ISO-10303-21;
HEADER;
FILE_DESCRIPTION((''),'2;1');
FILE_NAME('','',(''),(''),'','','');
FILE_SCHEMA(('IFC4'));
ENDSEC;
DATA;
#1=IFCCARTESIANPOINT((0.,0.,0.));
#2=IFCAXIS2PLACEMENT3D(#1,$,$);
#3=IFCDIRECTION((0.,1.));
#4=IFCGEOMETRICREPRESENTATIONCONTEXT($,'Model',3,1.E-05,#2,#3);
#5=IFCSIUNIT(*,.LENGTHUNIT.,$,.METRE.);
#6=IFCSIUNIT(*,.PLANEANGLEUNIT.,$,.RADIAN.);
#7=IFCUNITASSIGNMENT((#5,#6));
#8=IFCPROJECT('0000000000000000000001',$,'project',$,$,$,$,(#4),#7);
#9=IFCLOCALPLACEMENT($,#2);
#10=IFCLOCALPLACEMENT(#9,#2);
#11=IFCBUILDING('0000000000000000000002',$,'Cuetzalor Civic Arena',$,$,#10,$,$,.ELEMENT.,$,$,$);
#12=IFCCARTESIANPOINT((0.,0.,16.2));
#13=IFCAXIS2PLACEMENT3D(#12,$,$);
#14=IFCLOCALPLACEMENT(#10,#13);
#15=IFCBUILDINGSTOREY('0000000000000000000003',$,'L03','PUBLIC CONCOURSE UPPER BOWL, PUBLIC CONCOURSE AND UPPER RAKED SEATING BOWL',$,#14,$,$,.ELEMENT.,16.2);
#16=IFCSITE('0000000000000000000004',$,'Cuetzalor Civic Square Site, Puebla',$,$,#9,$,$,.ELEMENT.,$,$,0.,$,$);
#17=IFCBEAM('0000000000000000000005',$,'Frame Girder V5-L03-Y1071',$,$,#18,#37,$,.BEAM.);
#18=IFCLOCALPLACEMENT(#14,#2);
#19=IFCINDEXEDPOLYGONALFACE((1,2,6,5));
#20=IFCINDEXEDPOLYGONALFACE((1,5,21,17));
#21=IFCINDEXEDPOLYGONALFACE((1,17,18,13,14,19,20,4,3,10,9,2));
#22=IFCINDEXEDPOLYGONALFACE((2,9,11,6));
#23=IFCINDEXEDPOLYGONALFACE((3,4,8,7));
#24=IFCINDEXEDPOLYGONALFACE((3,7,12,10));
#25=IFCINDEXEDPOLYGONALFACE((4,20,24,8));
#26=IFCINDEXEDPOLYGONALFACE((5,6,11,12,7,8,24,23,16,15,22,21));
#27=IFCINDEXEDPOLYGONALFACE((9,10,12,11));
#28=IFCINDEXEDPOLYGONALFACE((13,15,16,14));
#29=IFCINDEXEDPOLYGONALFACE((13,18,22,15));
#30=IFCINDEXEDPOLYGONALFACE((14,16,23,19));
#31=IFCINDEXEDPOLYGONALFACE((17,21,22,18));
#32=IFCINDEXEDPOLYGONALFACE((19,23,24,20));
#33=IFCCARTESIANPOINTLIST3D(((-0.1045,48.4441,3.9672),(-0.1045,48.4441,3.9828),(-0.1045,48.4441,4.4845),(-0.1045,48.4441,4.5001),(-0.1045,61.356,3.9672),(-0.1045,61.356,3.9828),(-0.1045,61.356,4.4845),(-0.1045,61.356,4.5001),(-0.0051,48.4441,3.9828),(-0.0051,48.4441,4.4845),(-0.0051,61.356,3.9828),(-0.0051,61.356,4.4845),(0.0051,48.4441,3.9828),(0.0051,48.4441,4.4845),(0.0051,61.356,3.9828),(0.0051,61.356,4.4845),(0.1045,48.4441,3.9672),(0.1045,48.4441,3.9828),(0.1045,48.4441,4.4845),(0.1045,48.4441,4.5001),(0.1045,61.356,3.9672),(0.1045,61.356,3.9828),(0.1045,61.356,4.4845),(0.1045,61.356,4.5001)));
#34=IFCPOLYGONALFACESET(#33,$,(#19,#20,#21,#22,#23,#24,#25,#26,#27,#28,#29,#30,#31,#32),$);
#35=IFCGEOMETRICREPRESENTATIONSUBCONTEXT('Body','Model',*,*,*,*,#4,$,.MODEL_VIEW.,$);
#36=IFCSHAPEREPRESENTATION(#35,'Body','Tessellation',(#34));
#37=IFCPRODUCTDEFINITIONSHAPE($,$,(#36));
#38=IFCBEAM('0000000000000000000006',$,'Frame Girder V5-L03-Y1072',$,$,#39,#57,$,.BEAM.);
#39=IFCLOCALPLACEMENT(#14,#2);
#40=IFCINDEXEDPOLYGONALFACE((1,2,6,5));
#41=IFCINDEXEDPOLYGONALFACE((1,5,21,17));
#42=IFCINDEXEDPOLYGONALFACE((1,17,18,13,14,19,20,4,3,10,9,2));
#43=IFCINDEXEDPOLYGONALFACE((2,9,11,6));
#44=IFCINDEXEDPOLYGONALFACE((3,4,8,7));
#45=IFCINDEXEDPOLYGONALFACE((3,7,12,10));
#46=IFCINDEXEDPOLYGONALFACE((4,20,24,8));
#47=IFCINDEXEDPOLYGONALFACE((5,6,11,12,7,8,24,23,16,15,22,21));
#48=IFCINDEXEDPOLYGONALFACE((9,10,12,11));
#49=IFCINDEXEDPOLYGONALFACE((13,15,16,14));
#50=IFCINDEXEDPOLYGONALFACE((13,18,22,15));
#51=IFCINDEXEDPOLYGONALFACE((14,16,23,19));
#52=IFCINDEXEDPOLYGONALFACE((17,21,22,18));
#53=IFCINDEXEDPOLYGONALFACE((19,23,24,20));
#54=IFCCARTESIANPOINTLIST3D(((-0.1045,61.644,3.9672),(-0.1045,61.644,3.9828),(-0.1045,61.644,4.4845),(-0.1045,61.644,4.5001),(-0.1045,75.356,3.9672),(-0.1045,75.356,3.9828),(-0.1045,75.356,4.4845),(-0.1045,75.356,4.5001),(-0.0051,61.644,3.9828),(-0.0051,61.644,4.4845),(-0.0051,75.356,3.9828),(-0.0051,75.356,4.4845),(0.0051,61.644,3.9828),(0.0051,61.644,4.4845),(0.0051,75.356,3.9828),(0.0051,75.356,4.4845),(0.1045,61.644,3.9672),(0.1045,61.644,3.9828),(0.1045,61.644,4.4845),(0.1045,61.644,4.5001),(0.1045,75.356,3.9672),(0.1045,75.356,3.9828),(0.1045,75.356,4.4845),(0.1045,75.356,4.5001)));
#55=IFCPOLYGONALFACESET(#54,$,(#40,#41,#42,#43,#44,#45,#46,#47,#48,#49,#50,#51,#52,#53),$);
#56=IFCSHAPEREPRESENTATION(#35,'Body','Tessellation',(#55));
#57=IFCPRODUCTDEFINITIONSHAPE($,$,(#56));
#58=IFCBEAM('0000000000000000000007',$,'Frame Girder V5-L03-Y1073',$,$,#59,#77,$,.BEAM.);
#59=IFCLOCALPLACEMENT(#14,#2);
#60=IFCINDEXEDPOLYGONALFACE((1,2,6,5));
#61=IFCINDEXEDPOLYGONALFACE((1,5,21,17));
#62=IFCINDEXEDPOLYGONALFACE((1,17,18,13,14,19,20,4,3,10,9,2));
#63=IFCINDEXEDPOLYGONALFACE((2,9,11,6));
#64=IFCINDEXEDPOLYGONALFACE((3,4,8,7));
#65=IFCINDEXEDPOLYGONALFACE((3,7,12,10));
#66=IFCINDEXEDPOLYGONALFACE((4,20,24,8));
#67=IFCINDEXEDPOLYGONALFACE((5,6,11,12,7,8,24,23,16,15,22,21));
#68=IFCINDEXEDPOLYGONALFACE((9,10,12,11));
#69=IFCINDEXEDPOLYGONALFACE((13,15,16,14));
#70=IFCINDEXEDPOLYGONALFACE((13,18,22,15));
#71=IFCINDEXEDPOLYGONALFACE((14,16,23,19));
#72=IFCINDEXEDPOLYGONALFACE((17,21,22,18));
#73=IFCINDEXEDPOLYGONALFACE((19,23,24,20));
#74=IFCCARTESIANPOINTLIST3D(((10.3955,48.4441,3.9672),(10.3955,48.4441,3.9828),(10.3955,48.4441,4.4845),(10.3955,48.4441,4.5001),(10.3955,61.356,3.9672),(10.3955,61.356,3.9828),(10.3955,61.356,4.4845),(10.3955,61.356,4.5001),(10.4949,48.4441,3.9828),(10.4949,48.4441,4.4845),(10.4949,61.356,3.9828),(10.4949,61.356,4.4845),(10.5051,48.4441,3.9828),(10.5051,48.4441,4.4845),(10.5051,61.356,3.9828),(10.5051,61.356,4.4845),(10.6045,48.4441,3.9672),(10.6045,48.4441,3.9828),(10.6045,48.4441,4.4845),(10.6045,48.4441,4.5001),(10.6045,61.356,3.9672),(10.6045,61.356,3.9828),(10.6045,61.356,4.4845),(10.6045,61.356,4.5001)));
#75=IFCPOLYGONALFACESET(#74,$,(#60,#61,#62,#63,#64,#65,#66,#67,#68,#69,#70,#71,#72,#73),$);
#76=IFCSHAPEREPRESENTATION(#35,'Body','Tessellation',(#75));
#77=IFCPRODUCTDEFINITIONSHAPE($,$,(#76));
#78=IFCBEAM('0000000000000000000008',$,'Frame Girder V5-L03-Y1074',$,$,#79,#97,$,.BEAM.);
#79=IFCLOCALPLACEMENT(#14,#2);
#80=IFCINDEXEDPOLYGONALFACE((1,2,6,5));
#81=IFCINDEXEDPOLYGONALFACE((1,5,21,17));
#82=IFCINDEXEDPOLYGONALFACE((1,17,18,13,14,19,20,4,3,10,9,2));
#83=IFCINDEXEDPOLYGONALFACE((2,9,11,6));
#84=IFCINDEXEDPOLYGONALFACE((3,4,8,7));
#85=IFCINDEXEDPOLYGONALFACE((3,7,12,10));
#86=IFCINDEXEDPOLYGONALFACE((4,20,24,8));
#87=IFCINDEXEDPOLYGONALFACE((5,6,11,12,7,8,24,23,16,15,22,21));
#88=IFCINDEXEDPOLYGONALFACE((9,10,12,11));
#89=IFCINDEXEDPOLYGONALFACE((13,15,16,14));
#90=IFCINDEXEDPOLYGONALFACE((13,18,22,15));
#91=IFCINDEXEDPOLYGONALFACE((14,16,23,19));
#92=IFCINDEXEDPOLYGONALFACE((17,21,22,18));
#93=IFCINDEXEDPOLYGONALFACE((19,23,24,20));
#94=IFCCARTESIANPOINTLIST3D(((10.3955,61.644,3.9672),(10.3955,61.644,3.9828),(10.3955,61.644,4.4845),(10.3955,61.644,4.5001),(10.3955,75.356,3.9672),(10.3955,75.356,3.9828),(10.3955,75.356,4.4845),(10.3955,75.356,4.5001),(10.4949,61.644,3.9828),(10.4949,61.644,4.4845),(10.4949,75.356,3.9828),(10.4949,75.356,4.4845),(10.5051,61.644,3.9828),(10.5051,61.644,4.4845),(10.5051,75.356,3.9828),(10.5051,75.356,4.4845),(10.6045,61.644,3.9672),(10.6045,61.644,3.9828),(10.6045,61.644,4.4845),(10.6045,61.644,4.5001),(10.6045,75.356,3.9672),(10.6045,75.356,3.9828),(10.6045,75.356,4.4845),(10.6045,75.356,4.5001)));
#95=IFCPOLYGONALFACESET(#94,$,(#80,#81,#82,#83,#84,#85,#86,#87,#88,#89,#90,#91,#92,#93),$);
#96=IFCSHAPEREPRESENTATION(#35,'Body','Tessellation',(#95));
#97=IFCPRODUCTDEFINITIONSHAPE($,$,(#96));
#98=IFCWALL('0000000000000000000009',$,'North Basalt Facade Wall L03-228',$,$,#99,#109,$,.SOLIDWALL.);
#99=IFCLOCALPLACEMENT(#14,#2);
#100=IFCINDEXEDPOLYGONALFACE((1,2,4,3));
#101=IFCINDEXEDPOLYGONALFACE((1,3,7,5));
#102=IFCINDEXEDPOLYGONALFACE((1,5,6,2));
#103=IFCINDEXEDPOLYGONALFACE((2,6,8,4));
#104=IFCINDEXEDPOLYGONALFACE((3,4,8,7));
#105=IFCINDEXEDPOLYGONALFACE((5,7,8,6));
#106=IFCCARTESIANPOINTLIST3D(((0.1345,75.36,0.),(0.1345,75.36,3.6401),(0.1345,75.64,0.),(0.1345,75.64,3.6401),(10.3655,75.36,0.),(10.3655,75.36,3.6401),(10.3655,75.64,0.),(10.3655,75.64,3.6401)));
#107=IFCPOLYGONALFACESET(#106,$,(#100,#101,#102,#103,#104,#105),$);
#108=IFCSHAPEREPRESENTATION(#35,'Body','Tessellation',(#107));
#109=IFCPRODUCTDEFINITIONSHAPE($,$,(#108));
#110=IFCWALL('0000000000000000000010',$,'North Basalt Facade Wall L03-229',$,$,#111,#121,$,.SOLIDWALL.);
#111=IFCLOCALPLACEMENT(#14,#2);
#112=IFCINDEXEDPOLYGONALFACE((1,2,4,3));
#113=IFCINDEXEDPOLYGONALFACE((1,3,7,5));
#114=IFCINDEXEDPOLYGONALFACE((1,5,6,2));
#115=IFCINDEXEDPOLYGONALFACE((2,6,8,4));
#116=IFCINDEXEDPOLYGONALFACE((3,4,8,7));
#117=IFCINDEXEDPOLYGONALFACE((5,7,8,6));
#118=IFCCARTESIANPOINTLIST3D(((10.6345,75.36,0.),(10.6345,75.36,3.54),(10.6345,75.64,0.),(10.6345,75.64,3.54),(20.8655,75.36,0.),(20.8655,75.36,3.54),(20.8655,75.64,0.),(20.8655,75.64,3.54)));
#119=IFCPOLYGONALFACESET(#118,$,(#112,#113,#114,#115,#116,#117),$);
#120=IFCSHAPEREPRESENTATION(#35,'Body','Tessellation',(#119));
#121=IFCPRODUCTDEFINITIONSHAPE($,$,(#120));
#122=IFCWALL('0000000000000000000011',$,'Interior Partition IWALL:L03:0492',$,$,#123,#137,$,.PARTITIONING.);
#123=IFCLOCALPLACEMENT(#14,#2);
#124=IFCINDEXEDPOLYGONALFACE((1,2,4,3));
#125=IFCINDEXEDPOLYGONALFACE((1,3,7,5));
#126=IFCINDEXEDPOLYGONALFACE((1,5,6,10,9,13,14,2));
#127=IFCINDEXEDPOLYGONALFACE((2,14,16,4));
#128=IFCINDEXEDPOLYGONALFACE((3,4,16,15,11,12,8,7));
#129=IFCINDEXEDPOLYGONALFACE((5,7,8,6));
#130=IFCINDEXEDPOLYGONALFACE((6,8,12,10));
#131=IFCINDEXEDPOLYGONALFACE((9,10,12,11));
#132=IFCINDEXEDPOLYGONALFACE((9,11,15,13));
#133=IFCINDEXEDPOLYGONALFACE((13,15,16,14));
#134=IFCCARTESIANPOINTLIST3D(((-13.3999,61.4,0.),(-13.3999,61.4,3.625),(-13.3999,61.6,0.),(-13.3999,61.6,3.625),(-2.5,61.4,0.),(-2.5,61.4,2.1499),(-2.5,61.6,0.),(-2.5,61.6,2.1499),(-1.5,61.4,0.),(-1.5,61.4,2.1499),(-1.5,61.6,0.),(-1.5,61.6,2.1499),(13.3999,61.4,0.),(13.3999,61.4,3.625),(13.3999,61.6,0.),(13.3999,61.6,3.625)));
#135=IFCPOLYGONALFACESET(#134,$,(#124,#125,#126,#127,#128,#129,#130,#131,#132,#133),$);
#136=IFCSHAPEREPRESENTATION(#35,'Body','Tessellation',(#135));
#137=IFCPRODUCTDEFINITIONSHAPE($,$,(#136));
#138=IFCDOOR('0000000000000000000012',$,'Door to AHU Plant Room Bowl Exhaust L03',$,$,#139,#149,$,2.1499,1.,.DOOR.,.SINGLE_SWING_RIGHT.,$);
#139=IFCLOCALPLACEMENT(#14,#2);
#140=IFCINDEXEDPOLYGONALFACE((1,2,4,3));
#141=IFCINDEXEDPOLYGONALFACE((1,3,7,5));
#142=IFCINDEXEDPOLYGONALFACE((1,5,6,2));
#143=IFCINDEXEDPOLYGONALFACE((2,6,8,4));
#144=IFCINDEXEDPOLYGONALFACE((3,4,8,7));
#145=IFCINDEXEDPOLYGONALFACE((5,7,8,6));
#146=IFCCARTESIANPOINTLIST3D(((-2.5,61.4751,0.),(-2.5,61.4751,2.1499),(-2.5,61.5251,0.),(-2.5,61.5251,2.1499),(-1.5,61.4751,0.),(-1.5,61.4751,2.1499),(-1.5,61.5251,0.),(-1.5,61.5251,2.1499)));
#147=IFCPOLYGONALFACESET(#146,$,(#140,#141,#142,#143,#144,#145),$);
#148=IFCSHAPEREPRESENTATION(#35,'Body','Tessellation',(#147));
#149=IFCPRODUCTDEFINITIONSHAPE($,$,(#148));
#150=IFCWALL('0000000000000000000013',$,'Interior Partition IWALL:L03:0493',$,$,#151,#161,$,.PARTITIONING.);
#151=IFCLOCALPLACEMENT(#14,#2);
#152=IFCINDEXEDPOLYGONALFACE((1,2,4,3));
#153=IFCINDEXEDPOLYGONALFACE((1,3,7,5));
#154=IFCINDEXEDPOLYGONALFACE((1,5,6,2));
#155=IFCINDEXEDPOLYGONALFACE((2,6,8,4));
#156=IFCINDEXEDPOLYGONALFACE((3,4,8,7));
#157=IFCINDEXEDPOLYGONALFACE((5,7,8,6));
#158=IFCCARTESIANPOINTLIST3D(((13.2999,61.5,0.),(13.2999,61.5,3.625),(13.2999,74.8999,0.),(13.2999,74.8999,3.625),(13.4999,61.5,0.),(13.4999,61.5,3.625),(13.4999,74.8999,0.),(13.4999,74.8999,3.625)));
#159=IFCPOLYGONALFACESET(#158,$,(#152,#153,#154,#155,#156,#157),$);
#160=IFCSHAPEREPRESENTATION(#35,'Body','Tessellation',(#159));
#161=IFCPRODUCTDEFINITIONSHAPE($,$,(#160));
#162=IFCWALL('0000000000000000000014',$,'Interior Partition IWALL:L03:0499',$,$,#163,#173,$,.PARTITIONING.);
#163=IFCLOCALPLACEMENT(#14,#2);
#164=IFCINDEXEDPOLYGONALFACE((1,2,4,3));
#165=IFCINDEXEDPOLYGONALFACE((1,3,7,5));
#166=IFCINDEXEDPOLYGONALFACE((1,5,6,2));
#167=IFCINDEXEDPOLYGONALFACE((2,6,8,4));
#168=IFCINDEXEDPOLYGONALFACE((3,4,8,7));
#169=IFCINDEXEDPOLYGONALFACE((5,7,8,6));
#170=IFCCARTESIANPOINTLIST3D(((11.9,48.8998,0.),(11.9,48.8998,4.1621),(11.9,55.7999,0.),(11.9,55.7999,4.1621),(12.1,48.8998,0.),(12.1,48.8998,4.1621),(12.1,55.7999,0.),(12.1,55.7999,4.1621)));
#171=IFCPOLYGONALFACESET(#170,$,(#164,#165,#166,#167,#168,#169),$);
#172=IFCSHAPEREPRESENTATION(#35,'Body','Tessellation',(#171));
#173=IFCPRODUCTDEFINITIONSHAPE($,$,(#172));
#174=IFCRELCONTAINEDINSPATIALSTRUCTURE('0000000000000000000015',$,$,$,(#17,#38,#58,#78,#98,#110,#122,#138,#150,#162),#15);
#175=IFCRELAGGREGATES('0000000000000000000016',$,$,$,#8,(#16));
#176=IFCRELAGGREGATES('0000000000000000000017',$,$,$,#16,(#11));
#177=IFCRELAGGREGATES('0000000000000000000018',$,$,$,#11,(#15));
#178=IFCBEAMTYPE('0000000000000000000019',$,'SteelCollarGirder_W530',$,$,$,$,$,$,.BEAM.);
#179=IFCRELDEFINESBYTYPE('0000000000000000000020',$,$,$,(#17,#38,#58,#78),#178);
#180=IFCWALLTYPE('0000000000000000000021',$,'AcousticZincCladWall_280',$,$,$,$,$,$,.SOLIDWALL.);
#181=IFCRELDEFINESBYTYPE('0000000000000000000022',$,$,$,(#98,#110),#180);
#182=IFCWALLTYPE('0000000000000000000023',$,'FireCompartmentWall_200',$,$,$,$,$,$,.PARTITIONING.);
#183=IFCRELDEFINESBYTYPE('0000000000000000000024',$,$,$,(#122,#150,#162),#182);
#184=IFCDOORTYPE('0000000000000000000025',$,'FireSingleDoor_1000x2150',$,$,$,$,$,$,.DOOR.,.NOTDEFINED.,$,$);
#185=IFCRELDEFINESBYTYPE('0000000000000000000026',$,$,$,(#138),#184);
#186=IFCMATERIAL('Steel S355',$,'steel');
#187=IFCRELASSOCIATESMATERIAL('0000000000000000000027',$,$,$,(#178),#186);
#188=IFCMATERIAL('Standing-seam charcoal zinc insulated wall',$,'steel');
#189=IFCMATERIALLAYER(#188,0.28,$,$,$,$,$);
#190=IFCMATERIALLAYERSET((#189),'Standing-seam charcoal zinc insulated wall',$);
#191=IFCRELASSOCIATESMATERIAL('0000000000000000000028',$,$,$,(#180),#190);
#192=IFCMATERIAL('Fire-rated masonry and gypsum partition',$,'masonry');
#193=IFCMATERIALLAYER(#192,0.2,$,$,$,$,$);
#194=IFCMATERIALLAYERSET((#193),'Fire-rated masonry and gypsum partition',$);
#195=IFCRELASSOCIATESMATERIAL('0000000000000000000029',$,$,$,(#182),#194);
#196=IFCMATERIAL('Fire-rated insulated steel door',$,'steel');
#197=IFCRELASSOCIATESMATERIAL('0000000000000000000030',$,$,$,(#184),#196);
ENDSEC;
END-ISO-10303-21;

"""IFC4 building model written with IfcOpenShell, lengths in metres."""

from ifc_helpers import new_model, si_unit, direction, frame, frame_2d, origin, origin_2d, place, context, subcontext, project, spatial, rectangle, i_section, extrude, material, layer, layer_set, material_profile, profile_set, type_object, element, fill, save


model = new_model("IFC4")

# Units and contexts
model_context = context("Model", 3, precision=1e-05, world=origin(), true_north=direction((0.0, 1.0)))
body_context = subcontext(model_context, "Body", "Model", "MODEL_VIEW")
ifc_project = project(units=[si_unit("LENGTHUNIT", "METRE"), si_unit("PLANEANGLEUNIT", "RADIAN")], contexts=[model_context])

# Site, building, storey
site_placement = place(None, origin())
site = spatial("IfcSite", under=ifc_project, at=site_placement, Name="Cuetzalor Civic Square Site, Puebla", CompositionType="ELEMENT", RefElevation=0.0)
building_placement = place(site_placement, origin())
building = spatial("IfcBuilding", under=site, at=building_placement, Name="Cuetzalor Civic Arena", CompositionType="ELEMENT")
storey_placement = place(building_placement, frame((0.0, 0.0, 16.2)))
storey = spatial("IfcBuildingStorey", under=building, at=storey_placement, Name="L03", Description="PUBLIC CONCOURSE UPPER BOWL, PUBLIC CONCOURSE AND UPPER RAKED SEATING BOWL", CompositionType="ELEMENT", Elevation=16.2)

# Beams
ifc_material_1 = material(Name="Steel S355", Category="steel")
ifc_material_profile_1 = material_profile(ifc_material_1, i_section(OverallWidth=0.209, OverallDepth=0.533, WebThickness=0.0103, FlangeThickness=0.0156, at=origin_2d()), Name="W530x92")
ifc_profile_set_1 = profile_set([ifc_material_profile_1], Name="Steel S355")
beam_type_1 = type_object("IfcBeamType", Name="SteelCollarGirder_W530", PredefinedType="BEAM", material=ifc_profile_set_1)
beam_1_placement = place(storey_placement, frame((0.0, 48.4441, 4.2336), z_axis=(0.0, 1.0, 0.0), x_axis=(-1.0, 0.0, 0.0)))
element("IfcBeam", 1, at=beam_1_placement, inside=storey, type_object=beam_type_1, Name="Frame Girder V5-L03-Y1071", PredefinedType="BEAM", context=body_context, shape_type="SweptSolid", body=[
    extrude(i_section(OverallWidth=0.209, OverallDepth=0.533, WebThickness=0.0103, FlangeThickness=0.0156, at=origin_2d()), origin(), (0.0, 0.0, 1.0), 12.9119),
])
beam_2_placement = place(storey_placement, frame((0.0, 61.644, 4.2336), z_axis=(0.0, 1.0, 0.0), x_axis=(-1.0, 0.0, 0.0)))
element("IfcBeam", 2, at=beam_2_placement, inside=storey, type_object=beam_type_1, Name="Frame Girder V5-L03-Y1072", PredefinedType="BEAM", context=body_context, shape_type="SweptSolid", body=[
    extrude(i_section(OverallWidth=0.209, OverallDepth=0.533, WebThickness=0.0103, FlangeThickness=0.0156, at=origin_2d()), origin(), (0.0, 0.0, 1.0), 13.7119),
])
beam_3_placement = place(storey_placement, frame((10.5, 48.4441, 4.2336), z_axis=(0.0, 1.0, 0.0), x_axis=(-1.0, 0.0, 0.0)))
element("IfcBeam", 3, at=beam_3_placement, inside=storey, type_object=beam_type_1, Name="Frame Girder V5-L03-Y1073", PredefinedType="BEAM", context=body_context, shape_type="SweptSolid", body=[
    extrude(i_section(OverallWidth=0.209, OverallDepth=0.533, WebThickness=0.0103, FlangeThickness=0.0156, at=origin_2d()), origin(), (0.0, 0.0, 1.0), 12.9119),
])
beam_4_placement = place(storey_placement, frame((10.5, 61.644, 4.2336), z_axis=(0.0, 1.0, 0.0), x_axis=(-1.0, 0.0, 0.0)))
element("IfcBeam", 4, at=beam_4_placement, inside=storey, type_object=beam_type_1, Name="Frame Girder V5-L03-Y1074", PredefinedType="BEAM", context=body_context, shape_type="SweptSolid", body=[
    extrude(i_section(OverallWidth=0.209, OverallDepth=0.533, WebThickness=0.0103, FlangeThickness=0.0156, at=origin_2d()), origin(), (0.0, 0.0, 1.0), 13.7119),
])

# Walls
ifc_material_2 = material(Name="Standing-seam charcoal zinc insulated wall", Category="steel")
ifc_layer_1 = layer(ifc_material_2, 0.28)
ifc_layer_set_1 = layer_set([ifc_layer_1], Name="Standing-seam charcoal zinc insulated wall")
wall_type_1 = type_object("IfcWallType", Name="AcousticZincCladWall_280", PredefinedType="SOLIDWALL", material=ifc_layer_set_1)
wall_1_placement = place(storey_placement, frame((0.1345, 75.5, 0.0), z_axis=(0.0, 0.0, 1.0), x_axis=(1.0, 0.0, 0.0)))
element("IfcWall", 5, at=wall_1_placement, inside=storey, type_object=wall_type_1, Name="North Basalt Facade Wall L03-228", PredefinedType="SOLIDWALL", context=body_context, shape_type="SweptSolid", body=[
    extrude(rectangle(XDim=10.231, YDim=0.28, at=frame_2d((5.1155, 0.0))), origin(), (0.0, 0.0, 1.0), 3.6401),
])
wall_2_placement = place(storey_placement, frame((10.6345, 75.5, 0.0), z_axis=(0.0, 0.0, 1.0), x_axis=(1.0, 0.0, 0.0)))
element("IfcWall", 6, at=wall_2_placement, inside=storey, type_object=wall_type_1, Name="North Basalt Facade Wall L03-229", PredefinedType="SOLIDWALL", context=body_context, shape_type="SweptSolid", body=[
    extrude(rectangle(XDim=10.231, YDim=0.28, at=frame_2d((5.1155, 0.0))), origin(), (0.0, 0.0, 1.0), 3.54),
])

# Wall, opening, door
ifc_material_3 = material(Name="Fire-rated masonry and gypsum partition", Category="masonry")
ifc_layer_2 = layer(ifc_material_3, 0.2)
ifc_layer_set_2 = layer_set([ifc_layer_2], Name="Fire-rated masonry and gypsum partition")
wall_type_2 = type_object("IfcWallType", Name="FireCompartmentWall_200", PredefinedType="PARTITIONING", material=ifc_layer_set_2)
wall_3_placement = place(storey_placement, frame((13.3999, 61.5, 0.0), z_axis=(0.0, 0.0, 1.0), x_axis=(-1.0, 0.0, 0.0)))
wall_3 = element("IfcWall", 7, at=wall_3_placement, inside=storey, type_object=wall_type_2, Name="Interior Partition IWALL:L03:0492", PredefinedType="PARTITIONING", context=body_context, shape_type="SweptSolid", body=[
    extrude(rectangle(XDim=26.7998, YDim=0.2, at=frame_2d((13.3999, 0.0))), origin(), (0.0, 0.0, 1.0), 3.625),
])
opening_1_placement = place(wall_3_placement, frame((14.8999, 0.0, 0.0)))
opening_1 = element("IfcOpeningElement", 8, at=opening_1_placement, cuts=wall_3, PredefinedType="OPENING", context=body_context, shape_type="SweptSolid", body=[
    extrude(rectangle(XDim=1.0, YDim=2.1499, at=frame_2d((0.5, 1.075))), frame((0.0, 0.1099, 0.0), z_axis=(0.0, -1.0, 0.0), x_axis=(1.0, 0.0, 0.0)), (0.0, 0.0, 1.0), 0.22),
])
ifc_material_4 = material(Name="Fire-rated insulated steel door", Category="steel")
door_type = type_object("IfcDoorType", Name="FireSingleDoor_1000x2150", OperationType="NOTDEFINED", PredefinedType="DOOR", material=ifc_material_4)
door_1_placement = place(opening_1_placement, origin())
door_1 = element("IfcDoor", 9, at=door_1_placement, inside=storey, type_object=door_type, Name="Door to AHU Plant Room Bowl Exhaust L03", OperationType="SINGLE_SWING_RIGHT", OverallHeight=2.1499, OverallWidth=1.0, PredefinedType="DOOR", context=body_context, shape_type="SweptSolid", body=[
    extrude(rectangle(XDim=1.0, YDim=2.1499, at=frame_2d((0.5, 1.075))), frame((0.0, 0.0249, 0.0), z_axis=(0.0, -1.0, 0.0), x_axis=(1.0, 0.0, 0.0)), (0.0, 0.0, 1.0), 0.05),
])
fill(opening_1, door_1)

# Walls
wall_4_placement = place(storey_placement, frame((13.3999, 74.8999, 0.0), z_axis=(0.0, 0.0, 1.0), x_axis=(0.0, -1.0, 0.0)))
element("IfcWall", 10, at=wall_4_placement, inside=storey, type_object=wall_type_2, Name="Interior Partition IWALL:L03:0493", PredefinedType="PARTITIONING", context=body_context, shape_type="SweptSolid", body=[
    extrude(rectangle(XDim=13.3999, YDim=0.2, at=frame_2d((6.7, 0.0))), origin(), (0.0, 0.0, 1.0), 3.625),
])
wall_5_placement = place(storey_placement, frame((12.0, 55.8, 0.0), z_axis=(0.0, 0.0, 1.0), x_axis=(0.0, -1.0, 0.0)))
element("IfcWall", 11, at=wall_5_placement, inside=storey, type_object=wall_type_2, Name="Interior Partition IWALL:L03:0499", PredefinedType="PARTITIONING", context=body_context, shape_type="SweptSolid", body=[
    extrude(rectangle(XDim=6.9001, YDim=0.2, at=frame_2d((3.4502, 0.0))), origin(), (0.0, 0.0, 1.0), 4.1621),
])

save(model, "model.ifc")
